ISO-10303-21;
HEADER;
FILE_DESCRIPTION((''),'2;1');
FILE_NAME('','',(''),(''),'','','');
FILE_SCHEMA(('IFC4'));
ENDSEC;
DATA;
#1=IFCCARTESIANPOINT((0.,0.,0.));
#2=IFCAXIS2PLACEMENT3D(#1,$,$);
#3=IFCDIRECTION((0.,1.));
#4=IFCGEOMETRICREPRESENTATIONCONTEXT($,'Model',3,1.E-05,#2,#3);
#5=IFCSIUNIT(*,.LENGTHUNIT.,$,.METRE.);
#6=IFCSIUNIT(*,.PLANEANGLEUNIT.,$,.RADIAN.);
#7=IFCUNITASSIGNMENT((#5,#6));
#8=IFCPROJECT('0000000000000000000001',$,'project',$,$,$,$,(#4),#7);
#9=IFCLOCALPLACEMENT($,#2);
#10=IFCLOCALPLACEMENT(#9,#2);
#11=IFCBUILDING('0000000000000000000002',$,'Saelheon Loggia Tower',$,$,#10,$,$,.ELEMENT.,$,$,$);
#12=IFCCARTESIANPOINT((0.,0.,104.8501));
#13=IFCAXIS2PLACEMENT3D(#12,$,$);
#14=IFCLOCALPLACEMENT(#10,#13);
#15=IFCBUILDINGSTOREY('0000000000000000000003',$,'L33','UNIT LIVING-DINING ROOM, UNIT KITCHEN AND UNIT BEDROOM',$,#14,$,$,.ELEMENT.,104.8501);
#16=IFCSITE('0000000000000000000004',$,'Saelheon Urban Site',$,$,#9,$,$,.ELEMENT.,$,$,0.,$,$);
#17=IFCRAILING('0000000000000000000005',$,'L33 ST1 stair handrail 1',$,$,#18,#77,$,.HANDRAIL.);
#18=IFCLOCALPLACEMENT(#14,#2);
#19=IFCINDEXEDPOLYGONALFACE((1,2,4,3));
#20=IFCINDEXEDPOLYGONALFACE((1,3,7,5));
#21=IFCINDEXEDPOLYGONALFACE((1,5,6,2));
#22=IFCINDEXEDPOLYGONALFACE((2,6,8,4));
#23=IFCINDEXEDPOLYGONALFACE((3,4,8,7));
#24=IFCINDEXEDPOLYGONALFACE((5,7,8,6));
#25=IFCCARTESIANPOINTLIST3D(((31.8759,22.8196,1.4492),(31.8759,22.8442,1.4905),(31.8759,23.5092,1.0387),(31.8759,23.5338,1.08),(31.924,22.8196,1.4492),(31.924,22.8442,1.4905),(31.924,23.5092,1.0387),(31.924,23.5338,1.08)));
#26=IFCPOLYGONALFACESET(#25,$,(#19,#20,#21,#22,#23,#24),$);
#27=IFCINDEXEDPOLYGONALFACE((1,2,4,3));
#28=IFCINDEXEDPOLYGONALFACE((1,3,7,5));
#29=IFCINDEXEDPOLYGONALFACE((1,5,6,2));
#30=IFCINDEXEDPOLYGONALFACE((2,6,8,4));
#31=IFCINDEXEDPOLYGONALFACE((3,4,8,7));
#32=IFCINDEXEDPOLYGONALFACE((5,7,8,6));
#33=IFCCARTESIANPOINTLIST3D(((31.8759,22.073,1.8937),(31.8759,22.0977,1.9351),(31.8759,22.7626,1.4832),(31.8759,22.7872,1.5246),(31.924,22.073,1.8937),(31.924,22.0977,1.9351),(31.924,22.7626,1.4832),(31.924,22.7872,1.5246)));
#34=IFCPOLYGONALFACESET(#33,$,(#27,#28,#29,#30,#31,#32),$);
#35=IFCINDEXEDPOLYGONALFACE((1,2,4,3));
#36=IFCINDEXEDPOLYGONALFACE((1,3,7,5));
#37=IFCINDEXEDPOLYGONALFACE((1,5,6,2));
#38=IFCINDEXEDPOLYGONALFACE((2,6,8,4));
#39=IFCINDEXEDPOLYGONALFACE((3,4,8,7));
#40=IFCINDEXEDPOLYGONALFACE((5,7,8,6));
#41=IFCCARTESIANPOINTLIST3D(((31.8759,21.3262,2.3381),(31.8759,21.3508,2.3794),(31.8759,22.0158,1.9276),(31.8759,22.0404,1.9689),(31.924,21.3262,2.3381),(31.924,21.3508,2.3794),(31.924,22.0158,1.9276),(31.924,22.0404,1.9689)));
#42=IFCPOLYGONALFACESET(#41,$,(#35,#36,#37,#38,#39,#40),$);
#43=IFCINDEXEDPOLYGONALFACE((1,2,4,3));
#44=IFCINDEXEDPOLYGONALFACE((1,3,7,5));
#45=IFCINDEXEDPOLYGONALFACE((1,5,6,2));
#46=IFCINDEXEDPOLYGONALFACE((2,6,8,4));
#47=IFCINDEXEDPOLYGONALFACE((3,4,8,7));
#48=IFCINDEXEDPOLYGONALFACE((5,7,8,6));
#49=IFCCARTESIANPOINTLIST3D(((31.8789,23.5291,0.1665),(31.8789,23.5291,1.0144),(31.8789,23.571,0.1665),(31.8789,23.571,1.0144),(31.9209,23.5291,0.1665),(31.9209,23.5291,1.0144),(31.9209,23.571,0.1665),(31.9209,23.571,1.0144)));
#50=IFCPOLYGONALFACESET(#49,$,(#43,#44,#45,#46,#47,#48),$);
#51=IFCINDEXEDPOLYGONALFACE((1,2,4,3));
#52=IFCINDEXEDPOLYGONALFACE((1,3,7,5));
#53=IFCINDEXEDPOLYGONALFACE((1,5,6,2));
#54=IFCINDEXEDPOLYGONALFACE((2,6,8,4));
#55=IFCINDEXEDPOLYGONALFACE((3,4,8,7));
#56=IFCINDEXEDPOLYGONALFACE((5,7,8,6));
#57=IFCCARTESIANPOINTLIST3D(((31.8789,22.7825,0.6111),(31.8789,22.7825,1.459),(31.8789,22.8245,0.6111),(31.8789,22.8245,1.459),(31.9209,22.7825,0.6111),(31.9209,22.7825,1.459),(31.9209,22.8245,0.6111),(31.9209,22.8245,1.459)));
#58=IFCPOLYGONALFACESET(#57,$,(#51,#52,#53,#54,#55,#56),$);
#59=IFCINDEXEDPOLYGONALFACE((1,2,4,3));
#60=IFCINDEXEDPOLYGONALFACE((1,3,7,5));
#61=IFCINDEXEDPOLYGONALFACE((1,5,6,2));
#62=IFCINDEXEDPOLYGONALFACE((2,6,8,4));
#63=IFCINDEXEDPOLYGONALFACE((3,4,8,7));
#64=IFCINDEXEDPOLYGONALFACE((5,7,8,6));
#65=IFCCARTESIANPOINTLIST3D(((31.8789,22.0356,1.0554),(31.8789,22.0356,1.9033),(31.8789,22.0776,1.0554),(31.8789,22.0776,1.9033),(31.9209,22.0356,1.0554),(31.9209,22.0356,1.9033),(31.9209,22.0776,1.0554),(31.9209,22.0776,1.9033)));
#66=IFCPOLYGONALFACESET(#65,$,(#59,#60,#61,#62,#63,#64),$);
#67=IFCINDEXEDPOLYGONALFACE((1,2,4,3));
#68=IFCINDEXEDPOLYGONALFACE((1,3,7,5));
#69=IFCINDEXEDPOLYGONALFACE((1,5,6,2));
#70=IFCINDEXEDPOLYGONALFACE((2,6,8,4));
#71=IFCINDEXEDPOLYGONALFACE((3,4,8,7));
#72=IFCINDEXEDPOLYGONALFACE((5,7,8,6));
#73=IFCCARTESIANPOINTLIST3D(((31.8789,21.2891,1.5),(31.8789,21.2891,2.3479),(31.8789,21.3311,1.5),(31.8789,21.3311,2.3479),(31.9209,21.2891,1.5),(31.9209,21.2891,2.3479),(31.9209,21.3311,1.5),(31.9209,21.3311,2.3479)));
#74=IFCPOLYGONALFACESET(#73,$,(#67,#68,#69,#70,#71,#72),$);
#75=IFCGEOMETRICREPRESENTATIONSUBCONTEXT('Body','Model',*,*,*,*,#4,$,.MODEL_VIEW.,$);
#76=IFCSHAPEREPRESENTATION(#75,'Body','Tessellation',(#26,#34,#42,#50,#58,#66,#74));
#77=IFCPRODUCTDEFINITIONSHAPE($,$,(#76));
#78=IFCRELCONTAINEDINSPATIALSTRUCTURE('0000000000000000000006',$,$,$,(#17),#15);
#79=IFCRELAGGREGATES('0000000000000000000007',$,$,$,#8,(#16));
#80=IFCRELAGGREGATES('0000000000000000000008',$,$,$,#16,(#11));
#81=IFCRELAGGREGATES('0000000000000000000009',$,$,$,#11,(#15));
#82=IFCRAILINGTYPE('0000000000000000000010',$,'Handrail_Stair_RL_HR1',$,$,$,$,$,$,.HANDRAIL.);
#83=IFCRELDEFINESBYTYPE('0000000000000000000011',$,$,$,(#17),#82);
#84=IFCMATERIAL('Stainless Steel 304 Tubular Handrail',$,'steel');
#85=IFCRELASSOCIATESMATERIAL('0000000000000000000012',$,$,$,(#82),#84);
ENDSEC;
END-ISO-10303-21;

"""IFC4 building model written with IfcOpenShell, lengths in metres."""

from ifc_helpers import new_model, si_unit, direction, frame, origin, origin_2d, place, context, subcontext, project, spatial, rectangle, extrude, material, type_object, element, save


model = new_model("IFC4")

# Units and contexts
model_context = context("Model", 3, precision=1e-05, world=origin(), true_north=direction((0.0, 1.0)))
body_context = subcontext(model_context, "Body", "Model", "MODEL_VIEW")
ifc_project = project(units=[si_unit("LENGTHUNIT", "METRE"), si_unit("PLANEANGLEUNIT", "RADIAN")], contexts=[model_context])

# Site, building, storey
site_placement = place(None, origin())
site = spatial("IfcSite", under=ifc_project, at=site_placement, Name="Saelheon Urban Site", CompositionType="ELEMENT", RefElevation=0.0)
building_placement = place(site_placement, origin())
building = spatial("IfcBuilding", under=site, at=building_placement, Name="Saelheon Loggia Tower", CompositionType="ELEMENT")
storey_placement = place(building_placement, frame((0.0, 0.0, 104.8501)))
storey = spatial("IfcBuildingStorey", under=building, at=storey_placement, Name="L33", Description="UNIT LIVING-DINING ROOM, UNIT KITCHEN AND UNIT BEDROOM", CompositionType="ELEMENT", Elevation=104.8501)

# Railing
ifc_material_1 = material(Name="Stainless Steel 304 Tubular Handrail", Category="steel")
railing_type_1 = type_object("IfcRailingType", Name="Handrail_Stair_RL_HR1", PredefinedType="HANDRAIL", material=ifc_material_1)
railing_1_placement = place(storey_placement, frame((31.8999, 23.55, 0.1665)))
element("IfcRailing", 1, at=railing_1_placement, inside=storey, type_object=railing_type_1, Name="L33 ST1 stair handrail 1", PredefinedType="HANDRAIL", context=body_context, shape_type="SweptSolid", body=[
    extrude(rectangle(XDim=0.0481, YDim=0.0481, at=origin_2d()), frame((0.0, -0.0286, 0.8928), z_axis=(0.0, -0.859264, 0.511532), x_axis=(1.0, 0.0, 0.0)), (0.0, 0.0, 1.0), 0.8025),
    extrude(rectangle(XDim=0.0481, YDim=0.0481, at=origin_2d()), frame((0.0, -0.7751, 1.3374), z_axis=(0.0, -0.859264, 0.511532), x_axis=(1.0, 0.0, 0.0)), (0.0, 0.0, 1.0), 0.8025),
    extrude(rectangle(XDim=0.0481, YDim=0.0481, at=origin_2d()), frame((0.0, -1.522, 1.7817), z_axis=(0.0, -0.859264, 0.511532), x_axis=(1.0, 0.0, 0.0)), (0.0, 0.0, 1.0), 0.8025),
    extrude(rectangle(XDim=0.042, YDim=0.042, at=origin_2d()), origin(), (0.0, 0.0, 1.0), 0.8479),
    extrude(rectangle(XDim=0.042, YDim=0.042, at=origin_2d()), frame((0.0, -0.7466, 0.4446)), (0.0, 0.0, 1.0), 0.8479),
    extrude(rectangle(XDim=0.042, YDim=0.042, at=origin_2d()), frame((0.0, -1.4934, 0.8889)), (0.0, 0.0, 1.0), 0.8479),
    extrude(rectangle(XDim=0.042, YDim=0.042, at=origin_2d()), frame((0.0, -2.24, 1.3335)), (0.0, 0.0, 1.0), 0.8479),
])

save(model, "model.ifc")
